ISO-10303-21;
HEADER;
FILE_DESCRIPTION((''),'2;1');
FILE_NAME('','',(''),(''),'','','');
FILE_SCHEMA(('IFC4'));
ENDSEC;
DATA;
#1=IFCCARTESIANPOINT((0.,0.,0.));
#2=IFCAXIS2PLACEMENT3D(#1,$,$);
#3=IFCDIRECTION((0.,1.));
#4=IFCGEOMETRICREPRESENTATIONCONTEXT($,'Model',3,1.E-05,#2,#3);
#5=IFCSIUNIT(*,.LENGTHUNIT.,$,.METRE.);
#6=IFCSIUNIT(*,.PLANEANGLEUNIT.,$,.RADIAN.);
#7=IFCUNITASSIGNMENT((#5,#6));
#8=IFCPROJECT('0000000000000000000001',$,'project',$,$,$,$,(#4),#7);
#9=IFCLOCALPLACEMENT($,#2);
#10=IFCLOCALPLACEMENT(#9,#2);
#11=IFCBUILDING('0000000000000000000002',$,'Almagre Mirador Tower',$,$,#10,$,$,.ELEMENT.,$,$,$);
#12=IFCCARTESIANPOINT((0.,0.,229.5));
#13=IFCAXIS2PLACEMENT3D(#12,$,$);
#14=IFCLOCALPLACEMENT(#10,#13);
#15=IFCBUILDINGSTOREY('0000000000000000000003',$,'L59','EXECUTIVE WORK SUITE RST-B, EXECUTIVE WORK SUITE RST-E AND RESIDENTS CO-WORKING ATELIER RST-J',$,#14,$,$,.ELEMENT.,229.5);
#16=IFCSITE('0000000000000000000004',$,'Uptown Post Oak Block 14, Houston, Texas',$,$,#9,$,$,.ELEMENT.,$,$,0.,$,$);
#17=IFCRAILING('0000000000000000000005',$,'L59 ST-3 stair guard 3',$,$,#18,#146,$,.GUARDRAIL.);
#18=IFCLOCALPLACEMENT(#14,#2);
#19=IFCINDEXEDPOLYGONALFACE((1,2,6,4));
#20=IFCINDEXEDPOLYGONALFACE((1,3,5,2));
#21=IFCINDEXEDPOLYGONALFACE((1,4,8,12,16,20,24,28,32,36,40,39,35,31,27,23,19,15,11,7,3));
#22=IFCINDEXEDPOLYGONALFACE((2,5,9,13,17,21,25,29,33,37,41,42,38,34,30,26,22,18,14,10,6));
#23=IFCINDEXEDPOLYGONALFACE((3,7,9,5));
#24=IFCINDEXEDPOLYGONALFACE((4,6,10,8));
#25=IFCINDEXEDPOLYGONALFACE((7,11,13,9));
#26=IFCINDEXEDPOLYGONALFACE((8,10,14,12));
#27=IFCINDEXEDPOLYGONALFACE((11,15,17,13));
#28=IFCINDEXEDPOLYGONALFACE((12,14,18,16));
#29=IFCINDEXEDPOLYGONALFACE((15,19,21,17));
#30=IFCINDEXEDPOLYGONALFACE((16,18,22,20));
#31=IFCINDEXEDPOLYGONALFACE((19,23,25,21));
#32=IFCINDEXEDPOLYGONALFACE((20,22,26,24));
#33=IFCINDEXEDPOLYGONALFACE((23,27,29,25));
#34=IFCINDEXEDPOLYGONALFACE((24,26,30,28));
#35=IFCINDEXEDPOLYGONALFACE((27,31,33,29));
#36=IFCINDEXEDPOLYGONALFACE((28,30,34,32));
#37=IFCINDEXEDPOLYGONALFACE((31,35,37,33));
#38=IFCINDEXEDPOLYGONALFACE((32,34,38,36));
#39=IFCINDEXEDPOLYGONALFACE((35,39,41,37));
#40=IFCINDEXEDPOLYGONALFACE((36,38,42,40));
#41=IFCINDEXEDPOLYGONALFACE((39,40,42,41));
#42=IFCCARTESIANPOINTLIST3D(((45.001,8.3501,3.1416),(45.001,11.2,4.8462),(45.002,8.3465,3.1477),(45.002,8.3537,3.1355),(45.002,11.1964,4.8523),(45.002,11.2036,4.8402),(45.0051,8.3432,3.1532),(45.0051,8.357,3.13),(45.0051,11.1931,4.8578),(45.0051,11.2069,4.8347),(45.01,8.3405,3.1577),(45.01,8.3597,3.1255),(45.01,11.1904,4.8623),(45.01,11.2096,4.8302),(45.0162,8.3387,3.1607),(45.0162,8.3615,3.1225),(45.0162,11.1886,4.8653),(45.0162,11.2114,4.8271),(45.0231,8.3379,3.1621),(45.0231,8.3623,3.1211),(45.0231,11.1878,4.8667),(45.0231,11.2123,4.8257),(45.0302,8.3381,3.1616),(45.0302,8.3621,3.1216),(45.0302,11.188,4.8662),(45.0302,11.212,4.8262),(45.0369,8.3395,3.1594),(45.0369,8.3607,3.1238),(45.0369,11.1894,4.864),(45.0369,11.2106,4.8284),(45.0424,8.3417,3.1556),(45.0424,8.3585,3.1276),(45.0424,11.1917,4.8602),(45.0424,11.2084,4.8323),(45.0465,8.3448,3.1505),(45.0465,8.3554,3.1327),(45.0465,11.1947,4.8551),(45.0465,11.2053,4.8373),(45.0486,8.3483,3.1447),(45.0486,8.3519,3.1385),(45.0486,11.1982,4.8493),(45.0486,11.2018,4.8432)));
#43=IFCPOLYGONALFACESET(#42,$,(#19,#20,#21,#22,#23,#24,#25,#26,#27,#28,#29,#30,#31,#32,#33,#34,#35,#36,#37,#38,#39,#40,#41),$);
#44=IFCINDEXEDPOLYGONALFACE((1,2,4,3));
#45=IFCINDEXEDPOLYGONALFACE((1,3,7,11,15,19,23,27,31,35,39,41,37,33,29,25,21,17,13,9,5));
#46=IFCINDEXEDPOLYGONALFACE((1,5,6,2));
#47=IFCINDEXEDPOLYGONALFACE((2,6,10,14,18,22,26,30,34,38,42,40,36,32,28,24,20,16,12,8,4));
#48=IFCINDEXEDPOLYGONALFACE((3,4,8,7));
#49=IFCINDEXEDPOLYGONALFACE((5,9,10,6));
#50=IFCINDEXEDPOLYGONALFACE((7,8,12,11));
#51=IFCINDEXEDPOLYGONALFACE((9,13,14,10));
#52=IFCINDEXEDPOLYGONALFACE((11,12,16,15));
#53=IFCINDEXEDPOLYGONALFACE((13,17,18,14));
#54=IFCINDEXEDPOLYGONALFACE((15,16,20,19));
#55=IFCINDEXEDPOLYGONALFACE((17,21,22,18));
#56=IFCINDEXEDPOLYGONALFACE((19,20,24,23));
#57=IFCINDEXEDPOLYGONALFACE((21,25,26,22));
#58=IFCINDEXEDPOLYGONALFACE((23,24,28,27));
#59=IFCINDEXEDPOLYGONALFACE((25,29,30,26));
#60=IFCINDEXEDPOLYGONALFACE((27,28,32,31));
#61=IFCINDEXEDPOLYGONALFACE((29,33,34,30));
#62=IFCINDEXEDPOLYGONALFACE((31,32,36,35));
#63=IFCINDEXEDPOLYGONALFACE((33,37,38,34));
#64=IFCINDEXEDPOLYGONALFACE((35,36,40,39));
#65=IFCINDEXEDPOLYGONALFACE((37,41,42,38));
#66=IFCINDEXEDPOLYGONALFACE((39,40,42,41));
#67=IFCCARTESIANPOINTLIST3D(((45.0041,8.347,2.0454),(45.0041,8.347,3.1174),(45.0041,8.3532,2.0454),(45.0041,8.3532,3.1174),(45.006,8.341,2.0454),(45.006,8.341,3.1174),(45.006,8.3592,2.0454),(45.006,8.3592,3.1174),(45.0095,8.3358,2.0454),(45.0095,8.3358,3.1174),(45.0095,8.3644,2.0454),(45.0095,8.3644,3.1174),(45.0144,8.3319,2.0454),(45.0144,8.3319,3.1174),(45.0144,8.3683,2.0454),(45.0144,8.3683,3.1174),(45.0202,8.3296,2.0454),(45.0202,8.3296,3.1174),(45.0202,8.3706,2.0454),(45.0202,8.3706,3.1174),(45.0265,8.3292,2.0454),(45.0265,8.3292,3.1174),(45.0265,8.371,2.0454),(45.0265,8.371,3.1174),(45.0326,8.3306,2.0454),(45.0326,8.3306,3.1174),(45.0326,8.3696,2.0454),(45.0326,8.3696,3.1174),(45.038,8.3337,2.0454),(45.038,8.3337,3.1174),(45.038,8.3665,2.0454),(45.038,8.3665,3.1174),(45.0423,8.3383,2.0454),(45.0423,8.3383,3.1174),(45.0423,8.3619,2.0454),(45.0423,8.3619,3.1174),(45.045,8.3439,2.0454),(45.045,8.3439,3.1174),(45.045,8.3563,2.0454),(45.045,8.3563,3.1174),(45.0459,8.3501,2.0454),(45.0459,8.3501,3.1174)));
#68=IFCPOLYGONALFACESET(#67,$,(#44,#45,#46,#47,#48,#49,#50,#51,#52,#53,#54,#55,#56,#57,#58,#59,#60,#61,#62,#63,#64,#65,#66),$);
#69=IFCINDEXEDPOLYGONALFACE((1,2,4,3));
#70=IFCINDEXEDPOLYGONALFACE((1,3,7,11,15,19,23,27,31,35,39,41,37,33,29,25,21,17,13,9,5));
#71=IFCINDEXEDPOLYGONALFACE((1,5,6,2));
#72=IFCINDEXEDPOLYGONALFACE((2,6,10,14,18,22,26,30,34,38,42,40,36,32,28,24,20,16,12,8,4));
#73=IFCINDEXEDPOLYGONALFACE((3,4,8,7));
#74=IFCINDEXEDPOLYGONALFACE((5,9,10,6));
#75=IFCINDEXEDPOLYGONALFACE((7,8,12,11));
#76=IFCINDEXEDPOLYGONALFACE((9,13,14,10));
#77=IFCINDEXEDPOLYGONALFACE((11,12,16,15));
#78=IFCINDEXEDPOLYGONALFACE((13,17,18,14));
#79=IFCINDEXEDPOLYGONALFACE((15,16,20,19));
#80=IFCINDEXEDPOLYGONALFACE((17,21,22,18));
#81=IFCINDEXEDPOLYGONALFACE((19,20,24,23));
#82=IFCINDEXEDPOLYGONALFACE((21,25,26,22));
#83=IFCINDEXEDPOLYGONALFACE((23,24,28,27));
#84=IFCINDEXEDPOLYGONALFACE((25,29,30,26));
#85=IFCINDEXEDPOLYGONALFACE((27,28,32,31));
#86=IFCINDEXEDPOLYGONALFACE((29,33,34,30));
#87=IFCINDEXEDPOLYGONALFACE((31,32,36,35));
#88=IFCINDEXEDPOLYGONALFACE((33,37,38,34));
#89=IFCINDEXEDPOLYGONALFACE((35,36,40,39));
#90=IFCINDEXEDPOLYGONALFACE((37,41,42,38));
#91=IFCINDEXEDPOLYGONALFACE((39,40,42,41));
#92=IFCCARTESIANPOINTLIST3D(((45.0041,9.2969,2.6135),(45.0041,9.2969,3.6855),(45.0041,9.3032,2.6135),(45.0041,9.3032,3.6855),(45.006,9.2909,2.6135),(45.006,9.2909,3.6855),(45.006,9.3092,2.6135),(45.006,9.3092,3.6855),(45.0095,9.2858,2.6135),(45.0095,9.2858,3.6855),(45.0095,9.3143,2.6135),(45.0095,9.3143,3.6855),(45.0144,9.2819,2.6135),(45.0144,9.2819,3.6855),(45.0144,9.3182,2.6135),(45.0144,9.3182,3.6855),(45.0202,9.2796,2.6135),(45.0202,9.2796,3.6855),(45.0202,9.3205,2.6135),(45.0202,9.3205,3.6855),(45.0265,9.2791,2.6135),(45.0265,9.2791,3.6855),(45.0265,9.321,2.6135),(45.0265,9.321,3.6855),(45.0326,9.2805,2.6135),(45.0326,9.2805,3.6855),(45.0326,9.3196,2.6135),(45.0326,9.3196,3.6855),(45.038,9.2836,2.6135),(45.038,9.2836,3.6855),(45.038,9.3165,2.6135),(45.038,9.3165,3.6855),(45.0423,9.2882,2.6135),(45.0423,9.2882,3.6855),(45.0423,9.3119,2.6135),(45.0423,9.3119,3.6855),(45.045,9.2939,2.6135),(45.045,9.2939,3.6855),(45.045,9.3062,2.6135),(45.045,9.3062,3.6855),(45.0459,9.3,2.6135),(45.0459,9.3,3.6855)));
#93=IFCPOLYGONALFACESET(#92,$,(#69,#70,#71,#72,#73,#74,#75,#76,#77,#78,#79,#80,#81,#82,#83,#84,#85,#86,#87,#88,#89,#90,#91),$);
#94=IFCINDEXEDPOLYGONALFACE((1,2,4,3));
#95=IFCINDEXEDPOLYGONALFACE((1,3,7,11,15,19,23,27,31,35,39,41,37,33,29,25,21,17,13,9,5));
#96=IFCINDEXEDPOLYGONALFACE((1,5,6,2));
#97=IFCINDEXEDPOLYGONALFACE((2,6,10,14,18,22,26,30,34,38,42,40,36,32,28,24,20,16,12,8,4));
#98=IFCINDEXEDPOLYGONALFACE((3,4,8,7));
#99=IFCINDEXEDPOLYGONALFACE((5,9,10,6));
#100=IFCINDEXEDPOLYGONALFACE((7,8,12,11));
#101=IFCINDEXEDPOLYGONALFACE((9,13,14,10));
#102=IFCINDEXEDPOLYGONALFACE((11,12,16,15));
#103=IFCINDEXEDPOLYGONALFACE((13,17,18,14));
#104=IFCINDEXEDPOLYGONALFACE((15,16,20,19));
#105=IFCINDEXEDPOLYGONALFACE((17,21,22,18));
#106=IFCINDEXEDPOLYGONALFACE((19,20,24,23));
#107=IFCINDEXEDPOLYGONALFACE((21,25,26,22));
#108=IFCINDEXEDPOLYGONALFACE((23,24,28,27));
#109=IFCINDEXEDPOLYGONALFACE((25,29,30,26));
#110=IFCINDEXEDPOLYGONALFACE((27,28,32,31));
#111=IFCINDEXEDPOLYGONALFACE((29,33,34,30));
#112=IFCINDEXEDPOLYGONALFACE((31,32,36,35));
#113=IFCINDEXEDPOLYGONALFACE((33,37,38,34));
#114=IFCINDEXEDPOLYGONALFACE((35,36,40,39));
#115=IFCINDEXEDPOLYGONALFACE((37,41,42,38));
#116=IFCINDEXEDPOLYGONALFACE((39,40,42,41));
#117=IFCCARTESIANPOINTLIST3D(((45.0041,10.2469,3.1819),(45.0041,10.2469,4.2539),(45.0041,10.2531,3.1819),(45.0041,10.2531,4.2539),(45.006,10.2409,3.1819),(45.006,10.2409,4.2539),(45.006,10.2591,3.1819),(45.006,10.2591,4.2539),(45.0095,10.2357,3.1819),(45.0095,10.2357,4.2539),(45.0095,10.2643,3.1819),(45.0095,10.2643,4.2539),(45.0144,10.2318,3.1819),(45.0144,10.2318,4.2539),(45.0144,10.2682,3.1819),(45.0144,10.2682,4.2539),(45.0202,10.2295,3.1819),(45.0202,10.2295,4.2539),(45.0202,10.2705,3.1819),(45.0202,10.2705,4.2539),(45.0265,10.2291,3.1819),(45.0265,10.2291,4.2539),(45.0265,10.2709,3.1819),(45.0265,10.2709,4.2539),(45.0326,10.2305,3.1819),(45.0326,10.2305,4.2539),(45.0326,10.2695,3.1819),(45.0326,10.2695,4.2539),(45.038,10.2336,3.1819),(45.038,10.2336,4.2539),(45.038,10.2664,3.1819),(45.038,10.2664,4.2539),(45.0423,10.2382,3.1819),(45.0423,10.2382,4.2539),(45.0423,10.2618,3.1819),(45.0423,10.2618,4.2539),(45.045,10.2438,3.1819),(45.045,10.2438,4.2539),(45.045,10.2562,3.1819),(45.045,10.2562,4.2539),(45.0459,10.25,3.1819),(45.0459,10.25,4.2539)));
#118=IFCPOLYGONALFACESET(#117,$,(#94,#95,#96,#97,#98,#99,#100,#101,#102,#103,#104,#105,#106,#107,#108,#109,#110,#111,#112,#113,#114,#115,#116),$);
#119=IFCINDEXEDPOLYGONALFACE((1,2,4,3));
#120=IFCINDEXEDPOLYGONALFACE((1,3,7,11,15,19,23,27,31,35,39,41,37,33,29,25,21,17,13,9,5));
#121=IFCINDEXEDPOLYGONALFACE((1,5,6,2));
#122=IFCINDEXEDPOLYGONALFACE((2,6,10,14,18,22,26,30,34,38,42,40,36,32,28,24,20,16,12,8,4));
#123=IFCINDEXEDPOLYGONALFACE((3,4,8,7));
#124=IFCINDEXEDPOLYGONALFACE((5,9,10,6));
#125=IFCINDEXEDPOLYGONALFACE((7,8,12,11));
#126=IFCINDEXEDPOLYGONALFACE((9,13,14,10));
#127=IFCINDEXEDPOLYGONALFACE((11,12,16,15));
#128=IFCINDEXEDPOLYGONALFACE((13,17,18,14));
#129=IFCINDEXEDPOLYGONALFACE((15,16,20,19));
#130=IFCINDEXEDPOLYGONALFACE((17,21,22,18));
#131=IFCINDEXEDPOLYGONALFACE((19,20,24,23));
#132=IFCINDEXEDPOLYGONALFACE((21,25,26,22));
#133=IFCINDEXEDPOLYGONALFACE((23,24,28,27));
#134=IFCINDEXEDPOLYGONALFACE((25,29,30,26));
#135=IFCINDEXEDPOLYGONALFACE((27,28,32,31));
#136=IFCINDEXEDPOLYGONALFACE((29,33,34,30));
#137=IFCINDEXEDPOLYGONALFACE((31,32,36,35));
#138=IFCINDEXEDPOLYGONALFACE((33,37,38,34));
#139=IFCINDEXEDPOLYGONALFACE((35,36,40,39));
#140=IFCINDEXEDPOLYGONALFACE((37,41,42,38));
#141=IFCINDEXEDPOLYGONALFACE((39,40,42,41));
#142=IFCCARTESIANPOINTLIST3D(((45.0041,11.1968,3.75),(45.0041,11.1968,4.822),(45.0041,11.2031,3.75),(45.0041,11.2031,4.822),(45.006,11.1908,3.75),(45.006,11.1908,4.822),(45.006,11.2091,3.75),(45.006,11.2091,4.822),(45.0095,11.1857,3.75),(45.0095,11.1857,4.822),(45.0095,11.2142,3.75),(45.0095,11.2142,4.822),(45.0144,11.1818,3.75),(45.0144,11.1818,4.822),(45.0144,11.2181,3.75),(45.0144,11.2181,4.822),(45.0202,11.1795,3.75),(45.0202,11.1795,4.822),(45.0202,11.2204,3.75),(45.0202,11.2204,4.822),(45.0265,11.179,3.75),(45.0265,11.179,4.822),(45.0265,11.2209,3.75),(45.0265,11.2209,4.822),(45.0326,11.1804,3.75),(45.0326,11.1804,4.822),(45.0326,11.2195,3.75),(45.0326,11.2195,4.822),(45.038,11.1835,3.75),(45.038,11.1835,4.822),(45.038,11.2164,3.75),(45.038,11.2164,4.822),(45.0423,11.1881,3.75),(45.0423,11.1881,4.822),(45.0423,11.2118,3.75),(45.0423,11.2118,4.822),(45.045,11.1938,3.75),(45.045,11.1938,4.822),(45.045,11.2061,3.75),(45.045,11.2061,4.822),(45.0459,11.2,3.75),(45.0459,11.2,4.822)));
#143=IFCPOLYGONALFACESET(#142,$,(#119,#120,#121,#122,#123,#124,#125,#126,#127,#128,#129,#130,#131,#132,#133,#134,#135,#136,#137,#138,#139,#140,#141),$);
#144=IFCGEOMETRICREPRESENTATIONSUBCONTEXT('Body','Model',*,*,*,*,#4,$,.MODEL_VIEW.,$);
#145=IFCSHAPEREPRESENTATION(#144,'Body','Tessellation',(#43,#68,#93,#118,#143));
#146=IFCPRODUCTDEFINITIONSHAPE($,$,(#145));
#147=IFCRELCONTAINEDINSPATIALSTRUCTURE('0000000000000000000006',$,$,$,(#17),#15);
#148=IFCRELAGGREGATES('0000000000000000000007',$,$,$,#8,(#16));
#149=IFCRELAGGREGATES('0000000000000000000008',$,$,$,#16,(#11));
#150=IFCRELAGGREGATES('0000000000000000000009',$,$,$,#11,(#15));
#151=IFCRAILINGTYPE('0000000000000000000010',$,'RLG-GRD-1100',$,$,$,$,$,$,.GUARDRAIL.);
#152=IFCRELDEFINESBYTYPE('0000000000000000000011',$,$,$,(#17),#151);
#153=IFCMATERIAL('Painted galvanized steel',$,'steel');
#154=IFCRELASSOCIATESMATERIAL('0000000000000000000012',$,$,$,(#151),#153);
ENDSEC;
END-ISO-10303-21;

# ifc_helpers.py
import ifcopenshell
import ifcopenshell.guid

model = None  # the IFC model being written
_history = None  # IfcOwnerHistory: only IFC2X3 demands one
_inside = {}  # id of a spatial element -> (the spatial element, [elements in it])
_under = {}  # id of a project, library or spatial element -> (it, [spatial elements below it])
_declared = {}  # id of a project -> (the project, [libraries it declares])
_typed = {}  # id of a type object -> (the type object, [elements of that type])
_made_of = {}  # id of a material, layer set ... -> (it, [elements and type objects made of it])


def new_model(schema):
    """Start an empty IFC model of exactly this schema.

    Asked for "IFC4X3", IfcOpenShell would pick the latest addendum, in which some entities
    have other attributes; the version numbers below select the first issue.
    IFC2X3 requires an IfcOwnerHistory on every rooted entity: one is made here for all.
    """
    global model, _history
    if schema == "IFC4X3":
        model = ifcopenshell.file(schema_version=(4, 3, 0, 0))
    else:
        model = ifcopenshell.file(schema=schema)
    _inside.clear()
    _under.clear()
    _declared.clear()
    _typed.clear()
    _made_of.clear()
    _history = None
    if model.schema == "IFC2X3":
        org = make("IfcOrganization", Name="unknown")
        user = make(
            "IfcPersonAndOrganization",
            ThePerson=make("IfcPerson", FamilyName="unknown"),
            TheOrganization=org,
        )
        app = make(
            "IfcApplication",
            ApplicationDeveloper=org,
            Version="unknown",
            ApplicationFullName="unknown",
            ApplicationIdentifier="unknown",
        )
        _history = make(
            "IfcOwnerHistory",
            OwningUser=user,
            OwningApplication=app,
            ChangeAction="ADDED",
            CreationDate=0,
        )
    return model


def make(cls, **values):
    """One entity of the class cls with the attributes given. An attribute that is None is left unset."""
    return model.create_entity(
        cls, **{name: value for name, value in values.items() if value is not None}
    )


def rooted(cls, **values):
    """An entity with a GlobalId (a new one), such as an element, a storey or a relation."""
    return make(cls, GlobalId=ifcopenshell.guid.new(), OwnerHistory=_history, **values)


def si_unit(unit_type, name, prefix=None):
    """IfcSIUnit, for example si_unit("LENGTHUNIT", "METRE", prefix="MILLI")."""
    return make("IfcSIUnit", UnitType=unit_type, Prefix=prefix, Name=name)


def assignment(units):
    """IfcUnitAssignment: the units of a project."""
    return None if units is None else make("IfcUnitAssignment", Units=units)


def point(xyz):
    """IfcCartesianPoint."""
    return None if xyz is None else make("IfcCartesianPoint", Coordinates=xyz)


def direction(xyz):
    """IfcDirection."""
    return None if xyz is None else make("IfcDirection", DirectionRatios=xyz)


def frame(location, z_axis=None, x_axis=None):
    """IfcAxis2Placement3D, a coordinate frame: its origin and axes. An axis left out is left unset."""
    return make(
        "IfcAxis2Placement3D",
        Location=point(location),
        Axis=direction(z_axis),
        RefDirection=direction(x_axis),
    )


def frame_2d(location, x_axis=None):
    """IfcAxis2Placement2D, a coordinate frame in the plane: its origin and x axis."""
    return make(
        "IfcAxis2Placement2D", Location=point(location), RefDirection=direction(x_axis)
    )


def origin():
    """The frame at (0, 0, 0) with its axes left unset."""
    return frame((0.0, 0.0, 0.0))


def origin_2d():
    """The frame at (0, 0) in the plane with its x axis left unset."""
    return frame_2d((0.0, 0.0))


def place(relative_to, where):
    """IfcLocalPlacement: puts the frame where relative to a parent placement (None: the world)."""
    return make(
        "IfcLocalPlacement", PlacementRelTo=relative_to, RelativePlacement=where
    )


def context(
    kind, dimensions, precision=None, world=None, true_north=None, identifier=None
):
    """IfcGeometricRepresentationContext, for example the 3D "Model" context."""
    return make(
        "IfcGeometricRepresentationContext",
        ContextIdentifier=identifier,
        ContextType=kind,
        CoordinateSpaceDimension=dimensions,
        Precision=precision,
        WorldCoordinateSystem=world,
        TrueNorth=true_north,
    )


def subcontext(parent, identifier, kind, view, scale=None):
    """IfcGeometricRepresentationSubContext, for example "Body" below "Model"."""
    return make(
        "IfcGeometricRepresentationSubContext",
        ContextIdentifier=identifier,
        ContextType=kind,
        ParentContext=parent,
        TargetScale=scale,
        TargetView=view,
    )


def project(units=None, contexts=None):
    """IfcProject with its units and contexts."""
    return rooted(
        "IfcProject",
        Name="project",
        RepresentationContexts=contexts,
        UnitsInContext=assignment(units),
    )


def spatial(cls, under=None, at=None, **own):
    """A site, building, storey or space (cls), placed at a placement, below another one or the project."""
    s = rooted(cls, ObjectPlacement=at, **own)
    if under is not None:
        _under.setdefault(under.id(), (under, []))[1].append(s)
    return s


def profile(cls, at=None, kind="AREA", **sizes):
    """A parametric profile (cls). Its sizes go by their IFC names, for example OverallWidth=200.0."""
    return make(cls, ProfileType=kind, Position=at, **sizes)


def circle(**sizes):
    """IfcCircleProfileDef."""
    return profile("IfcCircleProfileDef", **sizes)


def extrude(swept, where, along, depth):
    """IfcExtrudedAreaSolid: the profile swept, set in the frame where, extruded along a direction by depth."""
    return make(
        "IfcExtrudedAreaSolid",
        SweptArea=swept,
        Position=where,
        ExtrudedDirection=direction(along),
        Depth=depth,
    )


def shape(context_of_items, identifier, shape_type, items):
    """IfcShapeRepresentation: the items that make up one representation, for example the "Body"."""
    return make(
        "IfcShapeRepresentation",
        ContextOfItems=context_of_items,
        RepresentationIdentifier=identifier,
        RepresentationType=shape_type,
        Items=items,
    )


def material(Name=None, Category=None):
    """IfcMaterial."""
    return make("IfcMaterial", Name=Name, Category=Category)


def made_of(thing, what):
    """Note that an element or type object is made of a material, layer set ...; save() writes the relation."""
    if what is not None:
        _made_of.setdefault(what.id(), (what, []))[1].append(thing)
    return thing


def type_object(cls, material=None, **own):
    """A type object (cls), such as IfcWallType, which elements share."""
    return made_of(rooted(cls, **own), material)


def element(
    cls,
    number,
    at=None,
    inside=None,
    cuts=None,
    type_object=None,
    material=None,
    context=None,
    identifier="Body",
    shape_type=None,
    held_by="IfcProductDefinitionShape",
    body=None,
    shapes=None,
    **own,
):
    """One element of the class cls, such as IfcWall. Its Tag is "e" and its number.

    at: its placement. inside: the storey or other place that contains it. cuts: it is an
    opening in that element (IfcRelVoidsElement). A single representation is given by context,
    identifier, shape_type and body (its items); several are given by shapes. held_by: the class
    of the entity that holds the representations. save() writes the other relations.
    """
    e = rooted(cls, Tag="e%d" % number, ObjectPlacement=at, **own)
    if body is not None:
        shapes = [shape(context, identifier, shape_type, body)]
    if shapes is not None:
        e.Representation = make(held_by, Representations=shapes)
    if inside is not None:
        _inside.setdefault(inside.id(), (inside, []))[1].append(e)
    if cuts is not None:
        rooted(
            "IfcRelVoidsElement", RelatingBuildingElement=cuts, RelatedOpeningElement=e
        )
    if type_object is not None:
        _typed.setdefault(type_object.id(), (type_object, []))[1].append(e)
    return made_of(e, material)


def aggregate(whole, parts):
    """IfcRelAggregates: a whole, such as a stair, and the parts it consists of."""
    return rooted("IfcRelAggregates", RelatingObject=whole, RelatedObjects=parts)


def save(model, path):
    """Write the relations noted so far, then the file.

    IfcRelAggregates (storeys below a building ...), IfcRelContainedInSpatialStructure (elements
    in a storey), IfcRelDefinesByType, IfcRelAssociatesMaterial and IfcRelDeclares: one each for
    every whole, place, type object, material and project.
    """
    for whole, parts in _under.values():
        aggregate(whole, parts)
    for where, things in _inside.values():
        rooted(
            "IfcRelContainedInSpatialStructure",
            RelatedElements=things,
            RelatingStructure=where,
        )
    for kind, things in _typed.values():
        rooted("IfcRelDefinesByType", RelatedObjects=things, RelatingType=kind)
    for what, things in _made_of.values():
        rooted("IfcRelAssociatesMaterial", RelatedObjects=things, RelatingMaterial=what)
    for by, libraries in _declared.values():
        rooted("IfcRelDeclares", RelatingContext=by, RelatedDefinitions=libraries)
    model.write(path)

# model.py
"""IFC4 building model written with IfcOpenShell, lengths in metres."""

from ifc_helpers import new_model, si_unit, direction, frame, origin, origin_2d, place, context, subcontext, project, spatial, circle, extrude, material, type_object, element, save


model = new_model("IFC4")

# Units and contexts
model_context = context("Model", 3, precision=1e-05, world=origin(), true_north=direction((0.0, 1.0)))
body_context = subcontext(model_context, "Body", "Model", "MODEL_VIEW")
ifc_project = project(units=[si_unit("LENGTHUNIT", "METRE"), si_unit("PLANEANGLEUNIT", "RADIAN")], contexts=[model_context])

# Site, building, storey
site_placement = place(None, origin())
site = spatial("IfcSite", under=ifc_project, at=site_placement, Name="Uptown Post Oak Block 14, Houston, Texas", CompositionType="ELEMENT", RefElevation=0.0)
building_placement = place(site_placement, origin())
building = spatial("IfcBuilding", under=site, at=building_placement, Name="Almagre Mirador Tower", CompositionType="ELEMENT")
storey_placement = place(building_placement, frame((0.0, 0.0, 229.5)))
storey = spatial("IfcBuildingStorey", under=building, at=storey_placement, Name="L59", Description="EXECUTIVE WORK SUITE RST-B, EXECUTIVE WORK SUITE RST-E AND RESIDENTS CO-WORKING ATELIER RST-J", CompositionType="ELEMENT", Elevation=229.5)

# Railing
ifc_material_1 = material(Name="Painted galvanized steel", Category="steel")
railing_type_1 = type_object("IfcRailingType", Name="RLG-GRD-1100", PredefinedType="GUARDRAIL", material=ifc_material_1)
railing_1_placement = place(storey_placement, frame((45.0249, 8.3501, 2.0454)))
element("IfcRailing", 1, at=railing_1_placement, inside=storey, type_object=railing_type_1, Name="L59 ST-3 stair guard 3", PredefinedType="GUARDRAIL", context=body_context, shape_type="SweptSolid", body=[
    extrude(circle(Radius=0.0239, at=origin_2d()), frame((0.0, 0.0, 1.0962), z_axis=(0.0, 0.858199, 0.513317), x_axis=(-1.0, 0.0, 0.0)), (0.0, 0.0, 1.0), 3.3208),
    extrude(circle(Radius=0.021, at=origin_2d()), origin(), (0.0, 0.0, 1.0), 1.072),
    extrude(circle(Radius=0.021, at=origin_2d()), frame((0.0, 0.95, 0.5681)), (0.0, 0.0, 1.0), 1.072),
    extrude(circle(Radius=0.021, at=origin_2d()), frame((0.0, 1.8999, 1.1365)), (0.0, 0.0, 1.0), 1.072),
    extrude(circle(Radius=0.021, at=origin_2d()), frame((0.0, 2.8499, 1.7046)), (0.0, 0.0, 1.0), 1.072),
])

save(model, "model.ifc")
